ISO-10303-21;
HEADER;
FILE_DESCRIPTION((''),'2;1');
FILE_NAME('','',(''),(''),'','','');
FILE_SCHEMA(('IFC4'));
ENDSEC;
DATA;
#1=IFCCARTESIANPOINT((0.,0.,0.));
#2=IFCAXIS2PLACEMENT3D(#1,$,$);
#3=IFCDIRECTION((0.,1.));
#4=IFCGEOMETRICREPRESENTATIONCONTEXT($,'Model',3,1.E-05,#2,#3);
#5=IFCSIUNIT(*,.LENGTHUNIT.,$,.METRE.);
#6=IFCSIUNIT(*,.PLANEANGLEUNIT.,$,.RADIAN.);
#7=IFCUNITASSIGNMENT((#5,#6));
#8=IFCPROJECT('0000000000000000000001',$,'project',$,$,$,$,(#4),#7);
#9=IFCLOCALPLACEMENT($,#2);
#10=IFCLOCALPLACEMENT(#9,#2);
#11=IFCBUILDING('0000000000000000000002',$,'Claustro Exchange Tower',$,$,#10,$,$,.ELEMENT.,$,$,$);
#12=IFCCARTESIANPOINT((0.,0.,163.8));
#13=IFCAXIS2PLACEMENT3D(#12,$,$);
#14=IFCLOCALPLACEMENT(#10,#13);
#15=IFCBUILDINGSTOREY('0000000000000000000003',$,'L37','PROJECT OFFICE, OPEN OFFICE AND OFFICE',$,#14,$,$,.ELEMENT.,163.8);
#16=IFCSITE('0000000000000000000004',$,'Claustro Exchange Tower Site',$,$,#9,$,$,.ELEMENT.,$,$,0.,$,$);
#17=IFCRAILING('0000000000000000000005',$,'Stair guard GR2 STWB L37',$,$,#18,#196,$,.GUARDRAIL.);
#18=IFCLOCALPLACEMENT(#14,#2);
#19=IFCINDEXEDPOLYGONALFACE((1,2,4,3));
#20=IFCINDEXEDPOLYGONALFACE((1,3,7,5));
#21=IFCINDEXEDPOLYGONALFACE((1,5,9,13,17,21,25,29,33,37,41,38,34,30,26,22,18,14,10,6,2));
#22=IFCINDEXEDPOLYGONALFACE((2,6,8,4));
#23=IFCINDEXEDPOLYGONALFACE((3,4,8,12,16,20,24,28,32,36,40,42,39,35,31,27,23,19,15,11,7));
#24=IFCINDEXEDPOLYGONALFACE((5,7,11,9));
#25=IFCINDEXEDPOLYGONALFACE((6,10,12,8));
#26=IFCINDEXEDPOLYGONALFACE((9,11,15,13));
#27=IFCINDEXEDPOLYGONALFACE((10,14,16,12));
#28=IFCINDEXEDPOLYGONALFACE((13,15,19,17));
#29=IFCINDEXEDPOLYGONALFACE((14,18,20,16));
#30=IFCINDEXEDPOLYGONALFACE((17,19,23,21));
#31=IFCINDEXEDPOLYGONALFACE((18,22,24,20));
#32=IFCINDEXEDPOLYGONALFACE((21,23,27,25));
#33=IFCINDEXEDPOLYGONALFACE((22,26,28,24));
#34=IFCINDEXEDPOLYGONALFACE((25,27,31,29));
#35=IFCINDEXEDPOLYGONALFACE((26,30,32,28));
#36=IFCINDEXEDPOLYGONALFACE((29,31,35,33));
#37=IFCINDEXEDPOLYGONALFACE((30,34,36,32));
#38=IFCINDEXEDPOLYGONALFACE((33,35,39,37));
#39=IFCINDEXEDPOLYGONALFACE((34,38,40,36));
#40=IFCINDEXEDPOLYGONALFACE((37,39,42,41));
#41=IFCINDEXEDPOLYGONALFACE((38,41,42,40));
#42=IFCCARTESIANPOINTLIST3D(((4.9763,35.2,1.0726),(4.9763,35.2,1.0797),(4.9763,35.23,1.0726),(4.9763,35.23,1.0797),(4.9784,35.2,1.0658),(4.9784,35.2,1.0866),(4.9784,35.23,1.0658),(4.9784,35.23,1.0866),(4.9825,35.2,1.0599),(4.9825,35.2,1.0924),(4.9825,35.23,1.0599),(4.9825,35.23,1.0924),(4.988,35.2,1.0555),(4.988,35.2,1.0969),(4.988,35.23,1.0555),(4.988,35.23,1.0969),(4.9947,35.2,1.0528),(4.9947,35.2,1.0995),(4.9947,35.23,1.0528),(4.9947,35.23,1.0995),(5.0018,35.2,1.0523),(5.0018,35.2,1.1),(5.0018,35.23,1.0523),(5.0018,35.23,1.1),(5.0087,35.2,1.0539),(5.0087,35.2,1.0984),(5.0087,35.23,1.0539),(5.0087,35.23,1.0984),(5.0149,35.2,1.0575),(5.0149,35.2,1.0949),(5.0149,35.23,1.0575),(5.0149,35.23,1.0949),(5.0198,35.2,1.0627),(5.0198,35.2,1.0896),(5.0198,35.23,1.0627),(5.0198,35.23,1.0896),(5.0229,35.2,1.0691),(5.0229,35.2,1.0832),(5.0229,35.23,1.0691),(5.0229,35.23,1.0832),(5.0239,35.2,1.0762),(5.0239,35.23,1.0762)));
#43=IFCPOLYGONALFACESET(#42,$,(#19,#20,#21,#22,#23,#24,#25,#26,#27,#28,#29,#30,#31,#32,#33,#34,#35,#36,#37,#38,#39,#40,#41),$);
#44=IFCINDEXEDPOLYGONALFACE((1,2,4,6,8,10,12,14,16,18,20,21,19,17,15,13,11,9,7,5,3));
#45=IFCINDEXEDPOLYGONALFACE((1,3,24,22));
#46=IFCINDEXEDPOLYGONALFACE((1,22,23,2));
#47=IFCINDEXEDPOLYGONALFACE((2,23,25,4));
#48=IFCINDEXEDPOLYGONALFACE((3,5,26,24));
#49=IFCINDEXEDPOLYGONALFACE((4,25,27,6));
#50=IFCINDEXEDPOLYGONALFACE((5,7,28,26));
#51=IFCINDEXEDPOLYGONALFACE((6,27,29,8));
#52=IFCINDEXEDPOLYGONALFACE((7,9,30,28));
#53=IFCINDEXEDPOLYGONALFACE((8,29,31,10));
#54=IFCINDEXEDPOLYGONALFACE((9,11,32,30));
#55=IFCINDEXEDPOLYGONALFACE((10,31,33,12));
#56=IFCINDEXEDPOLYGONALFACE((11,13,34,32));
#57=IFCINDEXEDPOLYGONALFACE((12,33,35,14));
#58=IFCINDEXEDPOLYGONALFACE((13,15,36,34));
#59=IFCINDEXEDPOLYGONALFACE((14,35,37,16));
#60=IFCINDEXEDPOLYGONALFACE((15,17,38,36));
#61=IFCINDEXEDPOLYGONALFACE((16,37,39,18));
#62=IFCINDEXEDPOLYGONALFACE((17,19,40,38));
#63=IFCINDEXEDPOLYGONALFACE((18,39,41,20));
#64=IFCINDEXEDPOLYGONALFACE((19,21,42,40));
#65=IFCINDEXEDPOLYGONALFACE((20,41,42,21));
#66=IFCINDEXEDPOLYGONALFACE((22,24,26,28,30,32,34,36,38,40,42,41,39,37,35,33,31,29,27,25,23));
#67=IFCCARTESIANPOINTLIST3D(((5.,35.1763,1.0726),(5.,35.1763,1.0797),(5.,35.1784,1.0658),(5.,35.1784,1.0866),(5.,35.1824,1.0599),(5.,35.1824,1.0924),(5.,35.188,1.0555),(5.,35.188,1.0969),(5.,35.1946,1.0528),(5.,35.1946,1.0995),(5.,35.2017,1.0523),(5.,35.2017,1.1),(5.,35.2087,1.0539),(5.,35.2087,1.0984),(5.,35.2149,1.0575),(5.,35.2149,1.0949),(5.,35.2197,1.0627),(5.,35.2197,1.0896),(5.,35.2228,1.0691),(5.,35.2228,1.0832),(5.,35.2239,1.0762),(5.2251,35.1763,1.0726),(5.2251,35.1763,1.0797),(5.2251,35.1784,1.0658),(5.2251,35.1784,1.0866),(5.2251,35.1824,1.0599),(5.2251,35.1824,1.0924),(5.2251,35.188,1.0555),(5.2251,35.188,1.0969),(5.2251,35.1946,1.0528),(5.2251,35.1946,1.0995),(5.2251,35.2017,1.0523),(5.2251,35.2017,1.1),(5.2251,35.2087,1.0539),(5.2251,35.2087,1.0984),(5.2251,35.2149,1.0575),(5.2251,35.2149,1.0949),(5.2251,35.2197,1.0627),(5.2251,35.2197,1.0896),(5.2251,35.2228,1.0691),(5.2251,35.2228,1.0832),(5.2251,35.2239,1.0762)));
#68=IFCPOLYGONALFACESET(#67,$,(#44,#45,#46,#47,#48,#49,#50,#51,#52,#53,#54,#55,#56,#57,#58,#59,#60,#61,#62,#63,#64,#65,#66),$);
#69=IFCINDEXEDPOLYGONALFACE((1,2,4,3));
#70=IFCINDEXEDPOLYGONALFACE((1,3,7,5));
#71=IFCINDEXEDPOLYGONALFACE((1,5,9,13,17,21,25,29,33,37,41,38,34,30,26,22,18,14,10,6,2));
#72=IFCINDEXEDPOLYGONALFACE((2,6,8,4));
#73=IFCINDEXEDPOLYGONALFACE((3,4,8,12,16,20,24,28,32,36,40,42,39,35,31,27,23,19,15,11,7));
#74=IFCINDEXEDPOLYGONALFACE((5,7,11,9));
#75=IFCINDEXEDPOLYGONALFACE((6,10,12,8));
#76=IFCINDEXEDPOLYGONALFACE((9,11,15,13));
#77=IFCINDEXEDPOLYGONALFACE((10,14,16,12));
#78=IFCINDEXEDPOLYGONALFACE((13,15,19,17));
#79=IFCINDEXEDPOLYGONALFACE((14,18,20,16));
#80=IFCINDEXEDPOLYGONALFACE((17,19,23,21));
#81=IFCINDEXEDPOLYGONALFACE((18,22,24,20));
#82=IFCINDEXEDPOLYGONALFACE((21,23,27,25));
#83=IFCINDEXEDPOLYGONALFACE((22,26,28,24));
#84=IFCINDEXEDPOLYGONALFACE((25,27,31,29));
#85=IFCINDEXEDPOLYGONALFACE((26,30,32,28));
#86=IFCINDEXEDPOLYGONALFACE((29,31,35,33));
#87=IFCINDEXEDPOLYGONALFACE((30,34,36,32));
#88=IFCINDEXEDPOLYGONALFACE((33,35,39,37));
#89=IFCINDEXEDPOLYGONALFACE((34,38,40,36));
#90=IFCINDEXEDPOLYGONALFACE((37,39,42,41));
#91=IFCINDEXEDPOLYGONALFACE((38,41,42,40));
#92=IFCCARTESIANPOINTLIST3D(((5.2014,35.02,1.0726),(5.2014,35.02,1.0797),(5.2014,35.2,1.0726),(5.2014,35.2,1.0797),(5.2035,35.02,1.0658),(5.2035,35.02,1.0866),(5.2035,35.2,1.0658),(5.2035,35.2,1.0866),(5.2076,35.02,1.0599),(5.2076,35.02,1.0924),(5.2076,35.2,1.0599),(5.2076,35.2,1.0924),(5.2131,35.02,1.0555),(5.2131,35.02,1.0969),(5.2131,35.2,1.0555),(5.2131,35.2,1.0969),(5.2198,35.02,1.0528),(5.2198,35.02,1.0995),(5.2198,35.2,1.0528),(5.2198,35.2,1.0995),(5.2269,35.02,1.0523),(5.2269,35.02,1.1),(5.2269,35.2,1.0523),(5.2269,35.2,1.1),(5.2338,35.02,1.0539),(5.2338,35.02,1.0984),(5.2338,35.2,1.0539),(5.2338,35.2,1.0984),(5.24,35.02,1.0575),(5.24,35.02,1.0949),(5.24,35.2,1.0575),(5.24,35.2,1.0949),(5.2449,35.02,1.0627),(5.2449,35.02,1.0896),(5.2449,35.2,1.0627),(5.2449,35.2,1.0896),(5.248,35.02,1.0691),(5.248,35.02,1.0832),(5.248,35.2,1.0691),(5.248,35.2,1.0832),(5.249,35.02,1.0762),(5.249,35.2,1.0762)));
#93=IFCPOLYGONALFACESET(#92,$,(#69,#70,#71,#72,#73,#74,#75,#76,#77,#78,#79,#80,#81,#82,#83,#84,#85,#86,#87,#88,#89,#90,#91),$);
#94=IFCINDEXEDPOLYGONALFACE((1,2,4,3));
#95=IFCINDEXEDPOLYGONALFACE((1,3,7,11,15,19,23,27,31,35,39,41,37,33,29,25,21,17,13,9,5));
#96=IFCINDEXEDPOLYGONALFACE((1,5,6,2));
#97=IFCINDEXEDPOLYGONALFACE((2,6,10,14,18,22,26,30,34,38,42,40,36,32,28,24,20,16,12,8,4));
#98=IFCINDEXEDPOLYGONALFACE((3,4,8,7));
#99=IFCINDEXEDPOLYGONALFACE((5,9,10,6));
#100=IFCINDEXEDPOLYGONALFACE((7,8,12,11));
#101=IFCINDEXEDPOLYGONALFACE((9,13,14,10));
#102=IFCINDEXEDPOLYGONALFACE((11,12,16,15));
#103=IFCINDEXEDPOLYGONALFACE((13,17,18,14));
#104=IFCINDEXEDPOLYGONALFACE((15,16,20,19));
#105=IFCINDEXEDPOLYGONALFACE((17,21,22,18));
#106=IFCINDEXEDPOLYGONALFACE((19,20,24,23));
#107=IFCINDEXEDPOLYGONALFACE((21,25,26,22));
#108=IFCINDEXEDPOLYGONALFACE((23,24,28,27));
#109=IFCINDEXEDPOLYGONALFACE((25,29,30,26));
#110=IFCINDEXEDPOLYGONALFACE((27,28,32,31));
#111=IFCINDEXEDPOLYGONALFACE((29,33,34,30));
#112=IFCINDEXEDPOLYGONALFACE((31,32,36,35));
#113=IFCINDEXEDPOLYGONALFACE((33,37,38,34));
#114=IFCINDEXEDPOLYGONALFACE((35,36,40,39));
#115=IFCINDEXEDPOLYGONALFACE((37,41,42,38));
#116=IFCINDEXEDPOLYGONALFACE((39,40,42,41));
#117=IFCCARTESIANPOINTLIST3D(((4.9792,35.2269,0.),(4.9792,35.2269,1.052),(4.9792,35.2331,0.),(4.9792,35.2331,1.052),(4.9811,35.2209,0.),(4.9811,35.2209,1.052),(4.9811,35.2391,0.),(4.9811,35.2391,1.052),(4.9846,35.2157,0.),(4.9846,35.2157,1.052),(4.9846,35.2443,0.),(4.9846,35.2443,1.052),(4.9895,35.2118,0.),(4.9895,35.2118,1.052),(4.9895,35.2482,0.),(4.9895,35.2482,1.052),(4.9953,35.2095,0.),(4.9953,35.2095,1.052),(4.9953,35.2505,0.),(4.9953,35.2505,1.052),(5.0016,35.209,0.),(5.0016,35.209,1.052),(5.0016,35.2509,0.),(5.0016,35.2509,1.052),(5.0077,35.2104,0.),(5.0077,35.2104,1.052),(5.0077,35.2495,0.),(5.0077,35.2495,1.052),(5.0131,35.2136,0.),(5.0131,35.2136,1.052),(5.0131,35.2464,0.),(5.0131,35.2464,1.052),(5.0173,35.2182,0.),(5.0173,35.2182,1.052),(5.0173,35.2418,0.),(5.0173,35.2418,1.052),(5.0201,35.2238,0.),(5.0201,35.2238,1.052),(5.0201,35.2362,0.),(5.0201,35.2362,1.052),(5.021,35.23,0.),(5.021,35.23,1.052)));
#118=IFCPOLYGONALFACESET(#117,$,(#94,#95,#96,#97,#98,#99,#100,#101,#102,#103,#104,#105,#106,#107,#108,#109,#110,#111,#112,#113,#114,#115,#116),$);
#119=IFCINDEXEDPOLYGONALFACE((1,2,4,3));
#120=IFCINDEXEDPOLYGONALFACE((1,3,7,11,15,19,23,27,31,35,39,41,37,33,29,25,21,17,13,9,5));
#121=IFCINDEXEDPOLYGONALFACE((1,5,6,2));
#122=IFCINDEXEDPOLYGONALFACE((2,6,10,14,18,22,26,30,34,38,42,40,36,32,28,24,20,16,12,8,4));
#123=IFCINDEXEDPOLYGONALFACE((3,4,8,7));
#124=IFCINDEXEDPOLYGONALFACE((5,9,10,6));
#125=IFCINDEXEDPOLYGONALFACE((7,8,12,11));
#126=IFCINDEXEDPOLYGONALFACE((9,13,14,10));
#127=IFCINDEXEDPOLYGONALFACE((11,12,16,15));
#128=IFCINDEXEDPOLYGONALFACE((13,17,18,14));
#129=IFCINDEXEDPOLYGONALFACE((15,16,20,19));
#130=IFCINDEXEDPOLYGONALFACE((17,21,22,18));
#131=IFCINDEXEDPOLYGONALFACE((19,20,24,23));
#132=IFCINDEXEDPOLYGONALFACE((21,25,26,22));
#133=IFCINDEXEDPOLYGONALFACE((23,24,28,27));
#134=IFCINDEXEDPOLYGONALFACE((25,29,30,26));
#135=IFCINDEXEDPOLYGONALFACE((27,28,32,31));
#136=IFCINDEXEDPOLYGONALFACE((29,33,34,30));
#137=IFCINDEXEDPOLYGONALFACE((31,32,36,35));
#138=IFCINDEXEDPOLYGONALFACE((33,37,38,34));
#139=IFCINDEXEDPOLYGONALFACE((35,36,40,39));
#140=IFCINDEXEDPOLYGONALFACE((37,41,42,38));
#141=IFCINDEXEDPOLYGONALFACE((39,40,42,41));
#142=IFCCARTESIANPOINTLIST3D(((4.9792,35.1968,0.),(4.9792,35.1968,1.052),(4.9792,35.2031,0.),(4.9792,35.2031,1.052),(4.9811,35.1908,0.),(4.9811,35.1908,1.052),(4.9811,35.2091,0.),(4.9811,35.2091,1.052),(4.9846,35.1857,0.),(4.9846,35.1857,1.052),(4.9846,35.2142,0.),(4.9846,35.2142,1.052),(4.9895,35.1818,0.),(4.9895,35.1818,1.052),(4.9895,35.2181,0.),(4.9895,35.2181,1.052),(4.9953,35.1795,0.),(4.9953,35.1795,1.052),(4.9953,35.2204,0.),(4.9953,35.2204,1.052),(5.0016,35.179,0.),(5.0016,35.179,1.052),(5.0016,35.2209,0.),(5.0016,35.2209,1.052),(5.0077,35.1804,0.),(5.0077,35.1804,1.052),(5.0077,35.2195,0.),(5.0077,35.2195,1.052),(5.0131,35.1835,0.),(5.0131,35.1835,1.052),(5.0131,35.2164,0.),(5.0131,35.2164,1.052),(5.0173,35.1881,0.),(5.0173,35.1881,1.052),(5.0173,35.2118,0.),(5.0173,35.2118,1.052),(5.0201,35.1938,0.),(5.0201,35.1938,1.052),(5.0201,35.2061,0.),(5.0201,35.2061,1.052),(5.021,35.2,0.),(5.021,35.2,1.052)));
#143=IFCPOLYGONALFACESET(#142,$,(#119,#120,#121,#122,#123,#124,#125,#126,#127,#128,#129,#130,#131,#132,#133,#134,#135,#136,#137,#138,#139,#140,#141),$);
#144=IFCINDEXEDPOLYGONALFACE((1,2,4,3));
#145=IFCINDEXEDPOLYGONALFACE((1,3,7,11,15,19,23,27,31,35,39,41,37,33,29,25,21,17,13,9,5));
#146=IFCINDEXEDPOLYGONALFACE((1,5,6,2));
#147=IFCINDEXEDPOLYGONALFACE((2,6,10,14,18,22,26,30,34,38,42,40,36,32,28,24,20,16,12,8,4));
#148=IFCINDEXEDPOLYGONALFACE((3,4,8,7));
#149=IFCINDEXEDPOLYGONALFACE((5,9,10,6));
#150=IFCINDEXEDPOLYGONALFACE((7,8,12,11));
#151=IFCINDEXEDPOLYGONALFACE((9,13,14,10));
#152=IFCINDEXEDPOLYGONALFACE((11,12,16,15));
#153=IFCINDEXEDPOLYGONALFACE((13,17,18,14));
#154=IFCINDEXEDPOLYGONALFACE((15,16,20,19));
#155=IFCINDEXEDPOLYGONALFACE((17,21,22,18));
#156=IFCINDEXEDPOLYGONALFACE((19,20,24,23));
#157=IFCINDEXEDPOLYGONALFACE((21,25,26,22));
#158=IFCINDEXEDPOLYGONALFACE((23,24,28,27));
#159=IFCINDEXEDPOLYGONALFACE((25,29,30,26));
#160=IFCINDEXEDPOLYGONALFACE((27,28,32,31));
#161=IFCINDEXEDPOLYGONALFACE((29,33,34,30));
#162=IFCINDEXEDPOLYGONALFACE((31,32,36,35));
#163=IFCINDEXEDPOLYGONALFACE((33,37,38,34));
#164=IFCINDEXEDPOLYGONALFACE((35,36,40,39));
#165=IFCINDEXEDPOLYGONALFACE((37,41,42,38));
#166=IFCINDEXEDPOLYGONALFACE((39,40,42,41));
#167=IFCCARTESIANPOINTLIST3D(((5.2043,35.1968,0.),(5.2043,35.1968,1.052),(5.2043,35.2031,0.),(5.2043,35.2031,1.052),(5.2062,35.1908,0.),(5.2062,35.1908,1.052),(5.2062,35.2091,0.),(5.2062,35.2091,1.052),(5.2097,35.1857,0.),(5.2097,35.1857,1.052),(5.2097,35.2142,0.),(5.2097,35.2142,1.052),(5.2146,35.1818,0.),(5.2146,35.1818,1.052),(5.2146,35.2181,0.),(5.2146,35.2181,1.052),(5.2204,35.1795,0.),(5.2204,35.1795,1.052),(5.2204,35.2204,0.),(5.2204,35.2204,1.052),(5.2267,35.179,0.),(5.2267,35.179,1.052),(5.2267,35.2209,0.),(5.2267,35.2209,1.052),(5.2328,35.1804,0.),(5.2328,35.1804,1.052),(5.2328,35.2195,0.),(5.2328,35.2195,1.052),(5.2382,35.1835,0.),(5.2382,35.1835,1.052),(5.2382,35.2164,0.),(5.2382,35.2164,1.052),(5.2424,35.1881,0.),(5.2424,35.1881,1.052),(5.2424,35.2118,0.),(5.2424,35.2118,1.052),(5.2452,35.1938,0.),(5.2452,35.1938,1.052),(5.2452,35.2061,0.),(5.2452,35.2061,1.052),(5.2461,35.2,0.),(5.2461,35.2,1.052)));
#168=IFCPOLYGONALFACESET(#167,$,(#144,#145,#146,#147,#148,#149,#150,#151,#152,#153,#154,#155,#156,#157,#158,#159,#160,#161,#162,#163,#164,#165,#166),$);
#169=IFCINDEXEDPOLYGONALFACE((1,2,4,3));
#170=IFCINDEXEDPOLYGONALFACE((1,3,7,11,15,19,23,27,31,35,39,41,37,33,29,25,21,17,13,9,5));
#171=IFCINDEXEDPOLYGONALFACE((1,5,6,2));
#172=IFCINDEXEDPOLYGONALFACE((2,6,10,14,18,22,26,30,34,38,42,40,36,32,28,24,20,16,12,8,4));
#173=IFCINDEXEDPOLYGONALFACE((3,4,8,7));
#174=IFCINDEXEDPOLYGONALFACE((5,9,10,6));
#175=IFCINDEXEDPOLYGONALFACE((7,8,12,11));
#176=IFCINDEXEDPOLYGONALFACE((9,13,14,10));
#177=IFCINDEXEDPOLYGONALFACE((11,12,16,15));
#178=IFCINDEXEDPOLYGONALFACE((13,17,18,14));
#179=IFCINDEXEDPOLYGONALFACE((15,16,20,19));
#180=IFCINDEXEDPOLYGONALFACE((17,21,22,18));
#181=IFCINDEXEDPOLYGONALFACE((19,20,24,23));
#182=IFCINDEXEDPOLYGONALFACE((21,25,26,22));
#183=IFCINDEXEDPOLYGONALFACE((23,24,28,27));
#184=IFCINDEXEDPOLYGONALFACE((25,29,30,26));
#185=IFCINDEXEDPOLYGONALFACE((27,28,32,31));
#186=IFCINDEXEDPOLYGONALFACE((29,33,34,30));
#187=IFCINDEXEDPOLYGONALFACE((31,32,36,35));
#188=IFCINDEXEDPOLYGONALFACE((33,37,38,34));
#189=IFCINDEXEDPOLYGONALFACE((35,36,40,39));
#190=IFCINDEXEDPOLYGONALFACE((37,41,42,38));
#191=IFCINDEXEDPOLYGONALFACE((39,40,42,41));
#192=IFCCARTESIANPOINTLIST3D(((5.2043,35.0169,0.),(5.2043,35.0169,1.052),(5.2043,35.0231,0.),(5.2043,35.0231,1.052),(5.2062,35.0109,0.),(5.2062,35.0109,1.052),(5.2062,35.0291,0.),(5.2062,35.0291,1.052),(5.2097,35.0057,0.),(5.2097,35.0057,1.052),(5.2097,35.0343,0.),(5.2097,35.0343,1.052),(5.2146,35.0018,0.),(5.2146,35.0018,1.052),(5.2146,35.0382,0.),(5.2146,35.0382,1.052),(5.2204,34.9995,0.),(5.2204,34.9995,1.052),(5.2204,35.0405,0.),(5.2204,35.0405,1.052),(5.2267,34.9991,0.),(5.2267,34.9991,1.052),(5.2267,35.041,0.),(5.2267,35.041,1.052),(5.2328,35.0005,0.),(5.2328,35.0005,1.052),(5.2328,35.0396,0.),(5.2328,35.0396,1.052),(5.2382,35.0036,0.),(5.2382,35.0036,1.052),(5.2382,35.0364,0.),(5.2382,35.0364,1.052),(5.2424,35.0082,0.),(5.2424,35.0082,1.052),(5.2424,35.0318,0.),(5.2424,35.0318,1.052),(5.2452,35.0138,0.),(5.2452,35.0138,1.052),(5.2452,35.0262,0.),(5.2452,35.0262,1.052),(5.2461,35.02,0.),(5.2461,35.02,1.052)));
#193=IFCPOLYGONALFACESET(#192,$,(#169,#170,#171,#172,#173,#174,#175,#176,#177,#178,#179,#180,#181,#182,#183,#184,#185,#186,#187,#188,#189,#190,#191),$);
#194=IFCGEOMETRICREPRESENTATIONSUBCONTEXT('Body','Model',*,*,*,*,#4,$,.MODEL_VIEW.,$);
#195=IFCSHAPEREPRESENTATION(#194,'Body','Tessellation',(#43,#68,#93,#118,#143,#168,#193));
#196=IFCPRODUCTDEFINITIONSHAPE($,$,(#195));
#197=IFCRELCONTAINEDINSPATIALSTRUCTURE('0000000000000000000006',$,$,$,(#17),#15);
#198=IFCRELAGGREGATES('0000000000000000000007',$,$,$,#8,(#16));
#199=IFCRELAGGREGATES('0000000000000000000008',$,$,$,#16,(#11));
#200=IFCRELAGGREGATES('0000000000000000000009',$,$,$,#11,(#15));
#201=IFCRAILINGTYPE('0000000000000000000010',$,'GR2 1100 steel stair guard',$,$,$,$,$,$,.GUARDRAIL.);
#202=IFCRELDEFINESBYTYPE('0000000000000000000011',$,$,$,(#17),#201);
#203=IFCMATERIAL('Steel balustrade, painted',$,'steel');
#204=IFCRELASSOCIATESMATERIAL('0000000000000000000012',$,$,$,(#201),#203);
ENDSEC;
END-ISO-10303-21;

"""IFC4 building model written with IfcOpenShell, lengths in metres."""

from ifc_helpers import new_model, si_unit, direction, frame, origin, origin_2d, place, context, subcontext, project, spatial, circle, extrude, material, type_object, element, save


model = new_model("IFC4")

# Units and contexts
model_context = context("Model", 3, precision=1e-05, world=origin(), true_north=direction((0.0, 1.0)))
body_context = subcontext(model_context, "Body", "Model", "MODEL_VIEW")
ifc_project = project(units=[si_unit("LENGTHUNIT", "METRE"), si_unit("PLANEANGLEUNIT", "RADIAN")], contexts=[model_context])

# Site, building, storey
site_placement = place(None, origin())
site = spatial("IfcSite", under=ifc_project, at=site_placement, Name="Claustro Exchange Tower Site", CompositionType="ELEMENT", RefElevation=0.0)
building_placement = place(site_placement, origin())
building = spatial("IfcBuilding", under=site, at=building_placement, Name="Claustro Exchange Tower", CompositionType="ELEMENT")
storey_placement = place(building_placement, frame((0.0, 0.0, 163.8)))
storey = spatial("IfcBuildingStorey", under=building, at=storey_placement, Name="L37", Description="PROJECT OFFICE, OPEN OFFICE AND OFFICE", CompositionType="ELEMENT", Elevation=163.8)

# Railing
ifc_material_1 = material(Name="Steel balustrade, painted", Category="steel")
railing_type_1 = type_object("IfcRailingType", Name="GR2 1100 steel stair guard", PredefinedType="GUARDRAIL", material=ifc_material_1)
railing_1_placement = place(storey_placement, frame((5.0, 35.23, 0.0)))
element("IfcRailing", 1, at=railing_1_placement, inside=storey, type_object=railing_type_1, Name="Stair guard GR2 STWB L37", PredefinedType="GUARDRAIL", context=body_context, shape_type="SweptSolid", body=[
    extrude(circle(Radius=0.0239, at=origin_2d()), frame((0.0, 0.0, 1.0762), z_axis=(0.0, -1.0, 0.0), x_axis=(1.0, 0.0, 0.0)), (0.0, 0.0, 1.0), 0.03),
    extrude(circle(Radius=0.0239, at=origin_2d()), frame((0.0, -0.03, 1.0762), z_axis=(1.0, 0.0, 0.0), x_axis=(0.0, 1.0, 0.0)), (0.0, 0.0, 1.0), 0.2251),
    extrude(circle(Radius=0.0239, at=origin_2d()), frame((0.2251, -0.03, 1.0762), z_axis=(0.0, -1.0, 0.0), x_axis=(1.0, 0.0, 0.0)), (0.0, 0.0, 1.0), 0.1799),
    extrude(circle(Radius=0.021, at=origin_2d()), origin(), (0.0, 0.0, 1.0), 1.052),
    extrude(circle(Radius=0.021, at=origin_2d()), frame((0.0, -0.03, 0.0)), (0.0, 0.0, 1.0), 1.052),
    extrude(circle(Radius=0.021, at=origin_2d()), frame((0.2251, -0.03, 0.0)), (0.0, 0.0, 1.0), 1.052),
    extrude(circle(Radius=0.021, at=origin_2d()), frame((0.2251, -0.21, 0.0)), (0.0, 0.0, 1.0), 1.052),
])

save(model, "model.ifc")
